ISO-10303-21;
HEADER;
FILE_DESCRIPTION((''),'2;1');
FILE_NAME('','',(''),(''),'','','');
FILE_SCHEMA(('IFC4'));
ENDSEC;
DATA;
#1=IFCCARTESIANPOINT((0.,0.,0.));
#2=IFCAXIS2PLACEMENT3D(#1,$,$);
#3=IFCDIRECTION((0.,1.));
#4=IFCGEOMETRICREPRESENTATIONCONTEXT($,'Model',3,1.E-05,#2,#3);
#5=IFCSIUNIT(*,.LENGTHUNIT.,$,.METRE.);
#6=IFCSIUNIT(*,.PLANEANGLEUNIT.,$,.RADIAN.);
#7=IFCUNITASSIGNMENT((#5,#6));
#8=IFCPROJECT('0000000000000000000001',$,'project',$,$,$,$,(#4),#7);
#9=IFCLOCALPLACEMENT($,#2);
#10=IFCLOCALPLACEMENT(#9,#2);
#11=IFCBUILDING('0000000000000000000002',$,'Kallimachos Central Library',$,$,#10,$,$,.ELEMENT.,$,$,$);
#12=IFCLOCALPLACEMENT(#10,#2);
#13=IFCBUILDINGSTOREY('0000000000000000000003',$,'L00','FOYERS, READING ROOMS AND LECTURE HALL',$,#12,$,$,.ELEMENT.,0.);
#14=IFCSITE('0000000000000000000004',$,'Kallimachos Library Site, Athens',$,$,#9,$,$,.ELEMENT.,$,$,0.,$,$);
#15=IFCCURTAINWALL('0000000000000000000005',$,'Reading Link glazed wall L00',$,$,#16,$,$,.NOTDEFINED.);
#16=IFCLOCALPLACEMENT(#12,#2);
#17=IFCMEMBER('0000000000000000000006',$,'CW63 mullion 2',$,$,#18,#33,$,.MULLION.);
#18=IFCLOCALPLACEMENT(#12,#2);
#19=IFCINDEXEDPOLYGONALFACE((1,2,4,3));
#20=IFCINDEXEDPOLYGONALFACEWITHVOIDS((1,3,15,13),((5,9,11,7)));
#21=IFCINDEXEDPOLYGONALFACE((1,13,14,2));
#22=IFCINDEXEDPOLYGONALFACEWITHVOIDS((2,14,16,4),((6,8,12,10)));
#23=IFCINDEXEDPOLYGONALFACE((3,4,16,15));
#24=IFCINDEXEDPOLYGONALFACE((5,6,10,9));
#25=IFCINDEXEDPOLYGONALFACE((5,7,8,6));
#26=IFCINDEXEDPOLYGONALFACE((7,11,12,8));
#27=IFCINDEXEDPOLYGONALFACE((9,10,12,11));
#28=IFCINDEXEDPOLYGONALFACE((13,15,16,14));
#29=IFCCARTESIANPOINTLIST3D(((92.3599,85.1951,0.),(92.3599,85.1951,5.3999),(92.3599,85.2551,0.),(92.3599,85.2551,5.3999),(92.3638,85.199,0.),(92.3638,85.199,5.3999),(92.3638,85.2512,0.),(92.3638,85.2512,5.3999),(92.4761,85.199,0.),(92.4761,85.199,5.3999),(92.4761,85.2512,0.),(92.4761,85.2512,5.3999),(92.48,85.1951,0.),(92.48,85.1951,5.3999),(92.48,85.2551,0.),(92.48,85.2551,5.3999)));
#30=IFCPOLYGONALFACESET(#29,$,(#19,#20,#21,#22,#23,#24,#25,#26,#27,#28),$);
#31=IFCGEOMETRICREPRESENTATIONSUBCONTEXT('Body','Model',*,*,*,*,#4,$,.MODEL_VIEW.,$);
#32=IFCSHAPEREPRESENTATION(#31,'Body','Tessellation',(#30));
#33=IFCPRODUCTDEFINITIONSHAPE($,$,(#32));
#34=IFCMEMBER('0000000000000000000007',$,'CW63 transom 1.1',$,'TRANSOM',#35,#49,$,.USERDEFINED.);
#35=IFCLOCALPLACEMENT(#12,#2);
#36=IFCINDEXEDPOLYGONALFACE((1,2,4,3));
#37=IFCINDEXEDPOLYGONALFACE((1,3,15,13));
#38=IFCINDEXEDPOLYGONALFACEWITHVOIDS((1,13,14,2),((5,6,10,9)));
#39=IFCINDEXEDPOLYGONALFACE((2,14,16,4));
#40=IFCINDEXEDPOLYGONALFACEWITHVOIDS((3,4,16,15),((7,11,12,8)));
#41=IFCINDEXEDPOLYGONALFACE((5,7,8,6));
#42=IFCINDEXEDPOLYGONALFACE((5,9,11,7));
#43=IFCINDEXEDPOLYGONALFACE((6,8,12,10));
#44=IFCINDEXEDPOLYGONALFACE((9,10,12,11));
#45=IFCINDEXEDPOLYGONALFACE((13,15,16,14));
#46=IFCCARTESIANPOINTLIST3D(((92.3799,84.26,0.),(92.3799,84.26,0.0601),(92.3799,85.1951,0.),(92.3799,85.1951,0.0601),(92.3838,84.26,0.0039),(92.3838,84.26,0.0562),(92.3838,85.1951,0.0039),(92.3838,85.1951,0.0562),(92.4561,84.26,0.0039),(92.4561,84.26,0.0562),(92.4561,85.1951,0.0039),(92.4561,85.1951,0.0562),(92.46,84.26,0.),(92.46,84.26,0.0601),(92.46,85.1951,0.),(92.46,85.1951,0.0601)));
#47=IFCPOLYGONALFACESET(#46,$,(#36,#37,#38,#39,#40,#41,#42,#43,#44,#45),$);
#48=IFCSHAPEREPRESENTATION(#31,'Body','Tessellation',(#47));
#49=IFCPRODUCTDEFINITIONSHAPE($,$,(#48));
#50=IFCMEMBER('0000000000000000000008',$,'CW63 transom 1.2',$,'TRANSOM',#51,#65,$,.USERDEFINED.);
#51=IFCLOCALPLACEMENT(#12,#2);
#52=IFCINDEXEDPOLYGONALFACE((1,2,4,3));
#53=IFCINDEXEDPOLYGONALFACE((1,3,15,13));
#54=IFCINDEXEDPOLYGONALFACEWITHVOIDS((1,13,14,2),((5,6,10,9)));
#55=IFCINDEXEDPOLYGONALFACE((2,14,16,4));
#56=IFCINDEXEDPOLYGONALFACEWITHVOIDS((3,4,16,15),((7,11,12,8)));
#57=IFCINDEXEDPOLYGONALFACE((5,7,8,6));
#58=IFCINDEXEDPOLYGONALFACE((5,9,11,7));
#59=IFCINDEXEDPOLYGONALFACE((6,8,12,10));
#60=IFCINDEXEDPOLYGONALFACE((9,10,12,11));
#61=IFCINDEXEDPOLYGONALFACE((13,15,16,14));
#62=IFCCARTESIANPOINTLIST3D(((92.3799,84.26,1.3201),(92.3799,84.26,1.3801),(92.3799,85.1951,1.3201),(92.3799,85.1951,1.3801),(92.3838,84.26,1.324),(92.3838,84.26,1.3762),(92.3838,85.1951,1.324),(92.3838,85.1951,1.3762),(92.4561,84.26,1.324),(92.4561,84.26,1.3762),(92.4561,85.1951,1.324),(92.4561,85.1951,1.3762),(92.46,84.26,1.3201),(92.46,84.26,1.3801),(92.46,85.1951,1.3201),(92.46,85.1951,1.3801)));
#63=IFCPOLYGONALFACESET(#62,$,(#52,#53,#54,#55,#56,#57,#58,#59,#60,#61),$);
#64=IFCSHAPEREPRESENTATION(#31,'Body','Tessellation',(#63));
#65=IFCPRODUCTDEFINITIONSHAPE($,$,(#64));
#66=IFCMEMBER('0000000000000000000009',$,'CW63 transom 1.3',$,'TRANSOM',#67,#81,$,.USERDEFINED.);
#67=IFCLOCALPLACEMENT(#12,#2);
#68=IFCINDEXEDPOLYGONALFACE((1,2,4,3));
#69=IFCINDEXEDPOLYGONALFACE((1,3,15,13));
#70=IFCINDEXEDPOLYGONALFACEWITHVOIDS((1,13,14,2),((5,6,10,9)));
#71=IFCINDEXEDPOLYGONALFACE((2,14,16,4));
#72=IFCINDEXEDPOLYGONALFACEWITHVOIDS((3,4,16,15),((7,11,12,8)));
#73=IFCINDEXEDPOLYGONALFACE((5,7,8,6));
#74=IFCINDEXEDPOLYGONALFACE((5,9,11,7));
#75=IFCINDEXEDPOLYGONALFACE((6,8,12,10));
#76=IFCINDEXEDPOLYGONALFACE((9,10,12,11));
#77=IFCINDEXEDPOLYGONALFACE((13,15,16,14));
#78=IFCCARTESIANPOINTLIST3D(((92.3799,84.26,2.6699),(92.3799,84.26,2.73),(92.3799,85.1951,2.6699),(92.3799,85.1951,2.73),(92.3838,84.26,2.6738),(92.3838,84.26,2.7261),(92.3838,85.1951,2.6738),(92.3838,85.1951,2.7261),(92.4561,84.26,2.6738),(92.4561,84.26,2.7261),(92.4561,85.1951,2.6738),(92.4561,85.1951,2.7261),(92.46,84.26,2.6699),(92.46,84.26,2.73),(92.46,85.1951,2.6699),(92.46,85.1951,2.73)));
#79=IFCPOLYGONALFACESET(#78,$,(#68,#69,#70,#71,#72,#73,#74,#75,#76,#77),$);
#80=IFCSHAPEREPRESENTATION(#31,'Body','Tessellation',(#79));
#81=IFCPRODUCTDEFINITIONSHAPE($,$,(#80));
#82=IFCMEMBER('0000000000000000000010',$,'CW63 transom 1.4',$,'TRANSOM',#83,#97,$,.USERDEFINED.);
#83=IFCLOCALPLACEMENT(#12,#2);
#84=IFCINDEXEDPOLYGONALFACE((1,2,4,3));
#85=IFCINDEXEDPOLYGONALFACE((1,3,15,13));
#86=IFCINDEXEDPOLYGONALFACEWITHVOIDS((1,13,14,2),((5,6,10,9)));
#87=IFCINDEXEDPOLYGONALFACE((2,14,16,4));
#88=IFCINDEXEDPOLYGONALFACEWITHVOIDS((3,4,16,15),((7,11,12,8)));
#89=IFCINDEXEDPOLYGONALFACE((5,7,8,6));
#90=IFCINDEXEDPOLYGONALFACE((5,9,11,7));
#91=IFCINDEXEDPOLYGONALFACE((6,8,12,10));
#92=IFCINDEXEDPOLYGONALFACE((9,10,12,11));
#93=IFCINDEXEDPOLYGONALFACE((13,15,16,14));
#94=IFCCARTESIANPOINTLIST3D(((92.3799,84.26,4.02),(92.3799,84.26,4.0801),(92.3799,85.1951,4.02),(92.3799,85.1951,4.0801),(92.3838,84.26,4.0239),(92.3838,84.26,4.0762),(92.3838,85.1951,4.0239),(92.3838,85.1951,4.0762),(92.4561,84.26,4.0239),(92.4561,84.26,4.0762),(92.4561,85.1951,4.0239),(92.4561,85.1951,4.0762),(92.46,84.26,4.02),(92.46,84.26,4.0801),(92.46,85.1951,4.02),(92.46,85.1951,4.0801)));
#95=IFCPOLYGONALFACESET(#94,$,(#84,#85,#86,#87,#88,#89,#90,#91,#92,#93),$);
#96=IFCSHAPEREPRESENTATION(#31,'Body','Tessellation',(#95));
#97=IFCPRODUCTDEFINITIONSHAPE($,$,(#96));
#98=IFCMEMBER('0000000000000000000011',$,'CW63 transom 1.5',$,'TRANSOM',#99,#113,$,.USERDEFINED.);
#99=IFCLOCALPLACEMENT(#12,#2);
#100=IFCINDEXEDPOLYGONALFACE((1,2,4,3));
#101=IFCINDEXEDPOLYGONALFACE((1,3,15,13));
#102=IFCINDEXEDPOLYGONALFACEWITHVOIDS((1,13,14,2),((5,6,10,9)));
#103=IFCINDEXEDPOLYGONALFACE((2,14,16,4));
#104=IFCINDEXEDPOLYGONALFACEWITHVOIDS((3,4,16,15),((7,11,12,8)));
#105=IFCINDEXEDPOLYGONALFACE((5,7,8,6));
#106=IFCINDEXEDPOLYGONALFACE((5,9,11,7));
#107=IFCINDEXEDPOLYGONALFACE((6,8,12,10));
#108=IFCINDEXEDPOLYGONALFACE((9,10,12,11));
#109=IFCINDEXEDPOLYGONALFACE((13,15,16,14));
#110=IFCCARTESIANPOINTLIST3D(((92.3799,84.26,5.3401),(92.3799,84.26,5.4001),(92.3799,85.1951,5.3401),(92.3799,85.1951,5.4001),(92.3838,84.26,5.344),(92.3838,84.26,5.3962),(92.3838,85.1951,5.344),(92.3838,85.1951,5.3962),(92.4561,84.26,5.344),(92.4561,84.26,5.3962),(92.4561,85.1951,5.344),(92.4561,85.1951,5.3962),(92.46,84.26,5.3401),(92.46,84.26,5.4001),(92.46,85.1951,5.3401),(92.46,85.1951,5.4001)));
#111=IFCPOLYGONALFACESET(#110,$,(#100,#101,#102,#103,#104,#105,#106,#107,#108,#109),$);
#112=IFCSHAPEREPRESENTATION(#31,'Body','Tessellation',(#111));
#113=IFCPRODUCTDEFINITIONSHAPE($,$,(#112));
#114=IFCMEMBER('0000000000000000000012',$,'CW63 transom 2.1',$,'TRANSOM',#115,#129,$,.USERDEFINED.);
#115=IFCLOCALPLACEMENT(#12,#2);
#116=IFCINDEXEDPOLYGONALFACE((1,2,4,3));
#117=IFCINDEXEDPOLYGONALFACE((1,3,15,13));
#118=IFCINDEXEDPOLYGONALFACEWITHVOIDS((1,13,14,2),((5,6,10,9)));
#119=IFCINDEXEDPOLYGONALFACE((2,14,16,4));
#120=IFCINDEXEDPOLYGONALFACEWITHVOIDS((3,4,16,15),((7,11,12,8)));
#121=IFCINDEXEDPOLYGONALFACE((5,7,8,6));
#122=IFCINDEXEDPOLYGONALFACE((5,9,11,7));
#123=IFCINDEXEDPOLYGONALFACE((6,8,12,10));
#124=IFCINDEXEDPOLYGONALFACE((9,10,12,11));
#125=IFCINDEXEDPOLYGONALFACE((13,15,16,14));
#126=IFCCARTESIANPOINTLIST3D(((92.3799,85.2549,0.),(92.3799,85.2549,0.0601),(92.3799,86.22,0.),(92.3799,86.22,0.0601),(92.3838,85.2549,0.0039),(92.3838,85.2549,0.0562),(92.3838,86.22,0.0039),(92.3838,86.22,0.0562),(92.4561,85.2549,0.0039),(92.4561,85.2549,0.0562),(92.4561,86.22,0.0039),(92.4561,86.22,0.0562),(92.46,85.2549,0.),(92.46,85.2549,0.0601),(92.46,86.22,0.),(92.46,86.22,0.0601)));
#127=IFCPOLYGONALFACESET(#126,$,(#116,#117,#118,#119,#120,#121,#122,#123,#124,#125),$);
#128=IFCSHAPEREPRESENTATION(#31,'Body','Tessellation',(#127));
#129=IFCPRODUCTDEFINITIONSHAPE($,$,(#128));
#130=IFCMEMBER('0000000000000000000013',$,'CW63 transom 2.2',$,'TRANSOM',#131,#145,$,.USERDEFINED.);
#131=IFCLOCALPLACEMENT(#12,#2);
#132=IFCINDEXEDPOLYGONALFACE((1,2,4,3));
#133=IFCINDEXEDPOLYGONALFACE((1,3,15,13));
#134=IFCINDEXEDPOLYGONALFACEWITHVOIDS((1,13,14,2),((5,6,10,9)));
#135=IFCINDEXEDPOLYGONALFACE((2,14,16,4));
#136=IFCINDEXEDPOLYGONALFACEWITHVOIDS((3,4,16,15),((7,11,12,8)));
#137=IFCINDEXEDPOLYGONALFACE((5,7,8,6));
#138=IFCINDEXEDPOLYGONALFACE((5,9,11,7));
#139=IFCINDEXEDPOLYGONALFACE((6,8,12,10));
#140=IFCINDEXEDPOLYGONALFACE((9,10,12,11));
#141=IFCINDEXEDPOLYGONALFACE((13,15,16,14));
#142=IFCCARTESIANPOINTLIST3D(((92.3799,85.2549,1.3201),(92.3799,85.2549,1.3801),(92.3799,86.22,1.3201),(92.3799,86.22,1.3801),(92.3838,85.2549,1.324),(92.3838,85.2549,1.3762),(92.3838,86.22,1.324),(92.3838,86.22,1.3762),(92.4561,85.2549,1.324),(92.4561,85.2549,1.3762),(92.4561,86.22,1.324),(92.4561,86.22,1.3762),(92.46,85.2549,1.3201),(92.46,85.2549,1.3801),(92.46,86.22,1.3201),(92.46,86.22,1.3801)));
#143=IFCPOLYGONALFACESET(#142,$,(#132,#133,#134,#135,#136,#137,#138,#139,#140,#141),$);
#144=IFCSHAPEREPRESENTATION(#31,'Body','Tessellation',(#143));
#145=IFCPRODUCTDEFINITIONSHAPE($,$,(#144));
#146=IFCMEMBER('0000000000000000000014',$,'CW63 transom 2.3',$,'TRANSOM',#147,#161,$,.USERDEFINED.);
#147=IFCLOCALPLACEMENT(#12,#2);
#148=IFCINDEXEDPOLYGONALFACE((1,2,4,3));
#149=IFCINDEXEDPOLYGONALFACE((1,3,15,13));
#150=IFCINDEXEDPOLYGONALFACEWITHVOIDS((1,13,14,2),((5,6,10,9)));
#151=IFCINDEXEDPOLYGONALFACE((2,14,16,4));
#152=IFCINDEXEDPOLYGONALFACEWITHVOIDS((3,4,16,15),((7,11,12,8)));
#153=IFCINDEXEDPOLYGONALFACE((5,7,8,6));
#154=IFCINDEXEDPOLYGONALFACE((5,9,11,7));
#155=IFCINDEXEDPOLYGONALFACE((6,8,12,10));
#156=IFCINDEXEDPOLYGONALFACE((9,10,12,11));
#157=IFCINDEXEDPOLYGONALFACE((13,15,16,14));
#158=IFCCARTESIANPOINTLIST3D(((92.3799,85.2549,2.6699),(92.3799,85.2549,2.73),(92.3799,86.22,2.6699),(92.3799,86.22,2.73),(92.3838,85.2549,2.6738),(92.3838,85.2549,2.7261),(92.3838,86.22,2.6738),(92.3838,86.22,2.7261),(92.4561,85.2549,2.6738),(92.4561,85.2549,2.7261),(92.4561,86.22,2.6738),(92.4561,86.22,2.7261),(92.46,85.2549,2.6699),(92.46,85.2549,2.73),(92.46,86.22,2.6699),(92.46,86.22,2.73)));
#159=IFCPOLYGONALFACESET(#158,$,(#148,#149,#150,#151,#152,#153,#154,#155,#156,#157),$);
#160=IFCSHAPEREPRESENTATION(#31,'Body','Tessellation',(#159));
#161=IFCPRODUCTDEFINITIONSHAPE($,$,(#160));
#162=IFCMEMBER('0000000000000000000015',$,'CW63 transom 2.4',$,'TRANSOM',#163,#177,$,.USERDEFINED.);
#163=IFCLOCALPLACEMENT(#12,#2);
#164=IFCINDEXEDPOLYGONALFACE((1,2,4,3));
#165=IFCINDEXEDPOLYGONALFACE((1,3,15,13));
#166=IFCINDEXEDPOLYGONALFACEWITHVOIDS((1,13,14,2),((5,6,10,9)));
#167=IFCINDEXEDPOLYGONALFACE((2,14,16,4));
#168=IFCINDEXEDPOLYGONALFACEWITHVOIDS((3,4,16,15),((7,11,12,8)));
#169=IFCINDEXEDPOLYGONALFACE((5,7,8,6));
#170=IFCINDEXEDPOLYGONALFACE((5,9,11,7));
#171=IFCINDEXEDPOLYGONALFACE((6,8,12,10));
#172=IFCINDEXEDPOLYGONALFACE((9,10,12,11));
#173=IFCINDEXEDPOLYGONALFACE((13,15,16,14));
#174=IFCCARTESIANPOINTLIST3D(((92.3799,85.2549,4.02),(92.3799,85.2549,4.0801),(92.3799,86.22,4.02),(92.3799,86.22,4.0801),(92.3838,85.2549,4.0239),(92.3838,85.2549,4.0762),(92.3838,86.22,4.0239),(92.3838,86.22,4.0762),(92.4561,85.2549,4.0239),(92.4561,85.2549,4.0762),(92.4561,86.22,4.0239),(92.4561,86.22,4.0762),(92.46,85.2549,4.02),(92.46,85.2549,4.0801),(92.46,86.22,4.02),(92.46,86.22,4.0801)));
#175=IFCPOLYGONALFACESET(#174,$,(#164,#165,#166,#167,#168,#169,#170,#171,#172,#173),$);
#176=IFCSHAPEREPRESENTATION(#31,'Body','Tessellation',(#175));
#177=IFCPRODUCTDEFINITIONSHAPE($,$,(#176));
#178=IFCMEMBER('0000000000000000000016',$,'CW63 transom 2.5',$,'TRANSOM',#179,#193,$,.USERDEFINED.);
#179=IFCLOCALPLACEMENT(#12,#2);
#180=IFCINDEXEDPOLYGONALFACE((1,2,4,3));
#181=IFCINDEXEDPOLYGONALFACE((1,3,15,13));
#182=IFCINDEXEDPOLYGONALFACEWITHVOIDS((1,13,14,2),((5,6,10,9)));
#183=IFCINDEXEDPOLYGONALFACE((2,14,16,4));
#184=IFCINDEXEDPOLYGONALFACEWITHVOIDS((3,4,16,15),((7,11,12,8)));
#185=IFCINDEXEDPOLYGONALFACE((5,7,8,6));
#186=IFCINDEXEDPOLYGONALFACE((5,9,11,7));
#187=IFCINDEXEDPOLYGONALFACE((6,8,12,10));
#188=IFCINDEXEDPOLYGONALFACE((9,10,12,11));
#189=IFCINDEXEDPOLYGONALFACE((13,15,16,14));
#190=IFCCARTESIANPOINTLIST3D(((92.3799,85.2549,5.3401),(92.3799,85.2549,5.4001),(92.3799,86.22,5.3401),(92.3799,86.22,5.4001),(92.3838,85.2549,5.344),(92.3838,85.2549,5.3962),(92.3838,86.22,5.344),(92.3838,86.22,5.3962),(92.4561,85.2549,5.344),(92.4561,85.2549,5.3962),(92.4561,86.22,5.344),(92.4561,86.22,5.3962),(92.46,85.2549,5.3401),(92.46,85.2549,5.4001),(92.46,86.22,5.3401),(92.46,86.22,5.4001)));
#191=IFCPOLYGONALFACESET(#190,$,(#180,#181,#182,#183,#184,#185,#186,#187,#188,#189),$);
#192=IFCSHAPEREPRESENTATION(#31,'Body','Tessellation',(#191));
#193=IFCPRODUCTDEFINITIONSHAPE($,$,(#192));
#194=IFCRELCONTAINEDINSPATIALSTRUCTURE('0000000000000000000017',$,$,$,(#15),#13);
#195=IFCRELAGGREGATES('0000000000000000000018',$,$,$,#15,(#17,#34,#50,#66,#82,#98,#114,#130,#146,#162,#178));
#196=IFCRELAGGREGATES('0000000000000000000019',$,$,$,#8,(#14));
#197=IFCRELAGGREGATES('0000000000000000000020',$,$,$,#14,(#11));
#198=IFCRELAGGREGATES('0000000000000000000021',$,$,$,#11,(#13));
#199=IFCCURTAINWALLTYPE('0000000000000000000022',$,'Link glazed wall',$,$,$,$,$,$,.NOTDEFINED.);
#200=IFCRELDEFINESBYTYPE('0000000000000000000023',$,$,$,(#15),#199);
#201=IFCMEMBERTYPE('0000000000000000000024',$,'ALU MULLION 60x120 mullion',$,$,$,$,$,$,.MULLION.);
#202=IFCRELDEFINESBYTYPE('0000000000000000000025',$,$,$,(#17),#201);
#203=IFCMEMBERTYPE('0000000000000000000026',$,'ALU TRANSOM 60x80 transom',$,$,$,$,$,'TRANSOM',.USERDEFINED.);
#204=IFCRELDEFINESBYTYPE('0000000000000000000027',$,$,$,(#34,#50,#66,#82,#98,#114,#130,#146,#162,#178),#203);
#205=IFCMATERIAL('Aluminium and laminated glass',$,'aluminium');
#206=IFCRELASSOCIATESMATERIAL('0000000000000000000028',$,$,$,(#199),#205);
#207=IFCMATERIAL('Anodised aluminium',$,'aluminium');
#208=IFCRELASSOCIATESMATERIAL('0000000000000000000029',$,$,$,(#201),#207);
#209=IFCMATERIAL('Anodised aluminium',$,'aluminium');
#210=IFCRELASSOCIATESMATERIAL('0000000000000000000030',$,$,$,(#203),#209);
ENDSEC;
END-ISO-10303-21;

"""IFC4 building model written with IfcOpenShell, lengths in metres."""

from ifc_helpers import new_model, si_unit, direction, frame, origin, origin_2d, place, context, subcontext, project, spatial, hollow_rectangle, extrude, material, material_profile, profile_set, type_object, element, aggregate, save


model = new_model("IFC4")

# Units and contexts
model_context = context("Model", 3, precision=1e-05, world=origin(), true_north=direction((0.0, 1.0)))
body_context = subcontext(model_context, "Body", "Model", "MODEL_VIEW")
ifc_project = project(units=[si_unit("LENGTHUNIT", "METRE"), si_unit("PLANEANGLEUNIT", "RADIAN")], contexts=[model_context])

# Site, building, storey
site_placement = place(None, origin())
site = spatial("IfcSite", under=ifc_project, at=site_placement, Name="Kallimachos Library Site, Athens", CompositionType="ELEMENT", RefElevation=0.0)
building_placement = place(site_placement, origin())
building = spatial("IfcBuilding", under=site, at=building_placement, Name="Kallimachos Central Library", CompositionType="ELEMENT")
storey_placement = place(building_placement, origin())
storey = spatial("IfcBuildingStorey", under=building, at=storey_placement, Name="L00", Description="FOYERS, READING ROOMS AND LECTURE HALL", CompositionType="ELEMENT", Elevation=0.0)

# Curtain wall, members
ifc_material_1 = material(Name="Aluminium and laminated glass", Category="aluminium")
curtain_wall_type = type_object("IfcCurtainWallType", Name="Link glazed wall", PredefinedType="NOTDEFINED", material=ifc_material_1)
curtain_wall_placement = place(storey_placement, origin())
curtain_wall = element("IfcCurtainWall", 1, at=curtain_wall_placement, inside=storey, type_object=curtain_wall_type, Name="Reading Link glazed wall L00", PredefinedType="NOTDEFINED")
ifc_material_2 = material(Name="Anodised aluminium", Category="aluminium")
ifc_material_profile_1 = material_profile(ifc_material_2, hollow_rectangle(XDim=0.0601, YDim=0.1201, WallThickness=0.0039, at=origin_2d()), Name="ALU MULLION 60x120")
ifc_profile_set_1 = profile_set([ifc_material_profile_1], Name="Anodised aluminium")
member_type_1 = type_object("IfcMemberType", Name="ALU MULLION 60x120 mullion", PredefinedType="MULLION", material=ifc_profile_set_1)
member_1_placement = place(storey_placement, frame((92.4199, 85.2251, 0.0), z_axis=(0.0, 0.0, 1.0), x_axis=(0.0, 1.0, 0.0)))
member_1 = element("IfcMember", 2, at=member_1_placement, type_object=member_type_1, Name="CW63 mullion 2", PredefinedType="MULLION", context=body_context, shape_type="SweptSolid", body=[
    extrude(hollow_rectangle(XDim=0.0601, YDim=0.1201, WallThickness=0.0039, at=origin_2d()), origin(), (0.0, 0.0, 1.0), 5.3999),
])
ifc_material_3 = material(Name="Anodised aluminium", Category="aluminium")
ifc_material_profile_2 = material_profile(ifc_material_3, hollow_rectangle(XDim=0.0601, YDim=0.0801, WallThickness=0.0039, at=origin_2d()), Name="ALU TRANSOM 60x80")
ifc_profile_set_2 = profile_set([ifc_material_profile_2], Name="Anodised aluminium")
member_type_2 = type_object("IfcMemberType", Name="ALU TRANSOM 60x80 transom", ElementType="TRANSOM", PredefinedType="USERDEFINED", material=ifc_profile_set_2)
member_2_placement = place(storey_placement, frame((92.4199, 84.26, 0.03), z_axis=(0.0, 1.0, 0.0), x_axis=(0.0, 0.0, 1.0)))
member_2 = element("IfcMember", 3, at=member_2_placement, type_object=member_type_2, Name="CW63 transom 1.1", ObjectType="TRANSOM", PredefinedType="USERDEFINED", context=body_context, shape_type="SweptSolid", body=[
    extrude(hollow_rectangle(XDim=0.0601, YDim=0.0801, WallThickness=0.0039, at=origin_2d()), origin(), (0.0, 0.0, 1.0), 0.9351),
])
member_3_placement = place(storey_placement, frame((92.4199, 84.26, 1.3501), z_axis=(0.0, 1.0, 0.0), x_axis=(0.0, 0.0, 1.0)))
member_3 = element("IfcMember", 4, at=member_3_placement, type_object=member_type_2, Name="CW63 transom 1.2", ObjectType="TRANSOM", PredefinedType="USERDEFINED", context=body_context, shape_type="SweptSolid", body=[
    extrude(hollow_rectangle(XDim=0.0601, YDim=0.0801, WallThickness=0.0039, at=origin_2d()), origin(), (0.0, 0.0, 1.0), 0.9351),
])
member_4_placement = place(storey_placement, frame((92.4199, 84.26, 2.7), z_axis=(0.0, 1.0, 0.0), x_axis=(0.0, 0.0, 1.0)))
member_4 = element("IfcMember", 5, at=member_4_placement, type_object=member_type_2, Name="CW63 transom 1.3", ObjectType="TRANSOM", PredefinedType="USERDEFINED", context=body_context, shape_type="SweptSolid", body=[
    extrude(hollow_rectangle(XDim=0.0601, YDim=0.0801, WallThickness=0.0039, at=origin_2d()), origin(), (0.0, 0.0, 1.0), 0.9351),
])
member_5_placement = place(storey_placement, frame((92.4199, 84.26, 4.05), z_axis=(0.0, 1.0, 0.0), x_axis=(0.0, 0.0, 1.0)))
member_5 = element("IfcMember", 6, at=member_5_placement, type_object=member_type_2, Name="CW63 transom 1.4", ObjectType="TRANSOM", PredefinedType="USERDEFINED", context=body_context, shape_type="SweptSolid", body=[
    extrude(hollow_rectangle(XDim=0.0601, YDim=0.0801, WallThickness=0.0039, at=origin_2d()), origin(), (0.0, 0.0, 1.0), 0.9351),
])
member_6_placement = place(storey_placement, frame((92.4199, 84.26, 5.3701), z_axis=(0.0, 1.0, 0.0), x_axis=(0.0, 0.0, 1.0)))
member_6 = element("IfcMember", 7, at=member_6_placement, type_object=member_type_2, Name="CW63 transom 1.5", ObjectType="TRANSOM", PredefinedType="USERDEFINED", context=body_context, shape_type="SweptSolid", body=[
    extrude(hollow_rectangle(XDim=0.0601, YDim=0.0801, WallThickness=0.0039, at=origin_2d()), origin(), (0.0, 0.0, 1.0), 0.9351),
])
member_7_placement = place(storey_placement, frame((92.4199, 85.2549, 0.03), z_axis=(0.0, 1.0, 0.0), x_axis=(0.0, 0.0, 1.0)))
member_7 = element("IfcMember", 8, at=member_7_placement, type_object=member_type_2, Name="CW63 transom 2.1", ObjectType="TRANSOM", PredefinedType="USERDEFINED", context=body_context, shape_type="SweptSolid", body=[
    extrude(hollow_rectangle(XDim=0.0601, YDim=0.0801, WallThickness=0.0039, at=origin_2d()), origin(), (0.0, 0.0, 1.0), 0.9651),
])
member_8_placement = place(storey_placement, frame((92.4199, 85.2549, 1.3501), z_axis=(0.0, 1.0, 0.0), x_axis=(0.0, 0.0, 1.0)))
member_8 = element("IfcMember", 9, at=member_8_placement, type_object=member_type_2, Name="CW63 transom 2.2", ObjectType="TRANSOM", PredefinedType="USERDEFINED", context=body_context, shape_type="SweptSolid", body=[
    extrude(hollow_rectangle(XDim=0.0601, YDim=0.0801, WallThickness=0.0039, at=origin_2d()), origin(), (0.0, 0.0, 1.0), 0.9651),
])
member_9_placement = place(storey_placement, frame((92.4199, 85.2549, 2.7), z_axis=(0.0, 1.0, 0.0), x_axis=(0.0, 0.0, 1.0)))
member_9 = element("IfcMember", 10, at=member_9_placement, type_object=member_type_2, Name="CW63 transom 2.3", ObjectType="TRANSOM", PredefinedType="USERDEFINED", context=body_context, shape_type="SweptSolid", body=[
    extrude(hollow_rectangle(XDim=0.0601, YDim=0.0801, WallThickness=0.0039, at=origin_2d()), origin(), (0.0, 0.0, 1.0), 0.9651),
])
member_10_placement = place(storey_placement, frame((92.4199, 85.2549, 4.05), z_axis=(0.0, 1.0, 0.0), x_axis=(0.0, 0.0, 1.0)))
member_10 = element("IfcMember", 11, at=member_10_placement, type_object=member_type_2, Name="CW63 transom 2.4", ObjectType="TRANSOM", PredefinedType="USERDEFINED", context=body_context, shape_type="SweptSolid", body=[
    extrude(hollow_rectangle(XDim=0.0601, YDim=0.0801, WallThickness=0.0039, at=origin_2d()), origin(), (0.0, 0.0, 1.0), 0.9651),
])
member_11_placement = place(storey_placement, frame((92.4199, 85.2549, 5.3701), z_axis=(0.0, 1.0, 0.0), x_axis=(0.0, 0.0, 1.0)))
member_11 = element("IfcMember", 12, at=member_11_placement, type_object=member_type_2, Name="CW63 transom 2.5", ObjectType="TRANSOM", PredefinedType="USERDEFINED", context=body_context, shape_type="SweptSolid", body=[
    extrude(hollow_rectangle(XDim=0.0601, YDim=0.0801, WallThickness=0.0039, at=origin_2d()), origin(), (0.0, 0.0, 1.0), 0.9651),
])
aggregate(curtain_wall, [member_1, member_2, member_3, member_4, member_5, member_6, member_7, member_8, member_9, member_10, member_11])

save(model, "model.ifc")
